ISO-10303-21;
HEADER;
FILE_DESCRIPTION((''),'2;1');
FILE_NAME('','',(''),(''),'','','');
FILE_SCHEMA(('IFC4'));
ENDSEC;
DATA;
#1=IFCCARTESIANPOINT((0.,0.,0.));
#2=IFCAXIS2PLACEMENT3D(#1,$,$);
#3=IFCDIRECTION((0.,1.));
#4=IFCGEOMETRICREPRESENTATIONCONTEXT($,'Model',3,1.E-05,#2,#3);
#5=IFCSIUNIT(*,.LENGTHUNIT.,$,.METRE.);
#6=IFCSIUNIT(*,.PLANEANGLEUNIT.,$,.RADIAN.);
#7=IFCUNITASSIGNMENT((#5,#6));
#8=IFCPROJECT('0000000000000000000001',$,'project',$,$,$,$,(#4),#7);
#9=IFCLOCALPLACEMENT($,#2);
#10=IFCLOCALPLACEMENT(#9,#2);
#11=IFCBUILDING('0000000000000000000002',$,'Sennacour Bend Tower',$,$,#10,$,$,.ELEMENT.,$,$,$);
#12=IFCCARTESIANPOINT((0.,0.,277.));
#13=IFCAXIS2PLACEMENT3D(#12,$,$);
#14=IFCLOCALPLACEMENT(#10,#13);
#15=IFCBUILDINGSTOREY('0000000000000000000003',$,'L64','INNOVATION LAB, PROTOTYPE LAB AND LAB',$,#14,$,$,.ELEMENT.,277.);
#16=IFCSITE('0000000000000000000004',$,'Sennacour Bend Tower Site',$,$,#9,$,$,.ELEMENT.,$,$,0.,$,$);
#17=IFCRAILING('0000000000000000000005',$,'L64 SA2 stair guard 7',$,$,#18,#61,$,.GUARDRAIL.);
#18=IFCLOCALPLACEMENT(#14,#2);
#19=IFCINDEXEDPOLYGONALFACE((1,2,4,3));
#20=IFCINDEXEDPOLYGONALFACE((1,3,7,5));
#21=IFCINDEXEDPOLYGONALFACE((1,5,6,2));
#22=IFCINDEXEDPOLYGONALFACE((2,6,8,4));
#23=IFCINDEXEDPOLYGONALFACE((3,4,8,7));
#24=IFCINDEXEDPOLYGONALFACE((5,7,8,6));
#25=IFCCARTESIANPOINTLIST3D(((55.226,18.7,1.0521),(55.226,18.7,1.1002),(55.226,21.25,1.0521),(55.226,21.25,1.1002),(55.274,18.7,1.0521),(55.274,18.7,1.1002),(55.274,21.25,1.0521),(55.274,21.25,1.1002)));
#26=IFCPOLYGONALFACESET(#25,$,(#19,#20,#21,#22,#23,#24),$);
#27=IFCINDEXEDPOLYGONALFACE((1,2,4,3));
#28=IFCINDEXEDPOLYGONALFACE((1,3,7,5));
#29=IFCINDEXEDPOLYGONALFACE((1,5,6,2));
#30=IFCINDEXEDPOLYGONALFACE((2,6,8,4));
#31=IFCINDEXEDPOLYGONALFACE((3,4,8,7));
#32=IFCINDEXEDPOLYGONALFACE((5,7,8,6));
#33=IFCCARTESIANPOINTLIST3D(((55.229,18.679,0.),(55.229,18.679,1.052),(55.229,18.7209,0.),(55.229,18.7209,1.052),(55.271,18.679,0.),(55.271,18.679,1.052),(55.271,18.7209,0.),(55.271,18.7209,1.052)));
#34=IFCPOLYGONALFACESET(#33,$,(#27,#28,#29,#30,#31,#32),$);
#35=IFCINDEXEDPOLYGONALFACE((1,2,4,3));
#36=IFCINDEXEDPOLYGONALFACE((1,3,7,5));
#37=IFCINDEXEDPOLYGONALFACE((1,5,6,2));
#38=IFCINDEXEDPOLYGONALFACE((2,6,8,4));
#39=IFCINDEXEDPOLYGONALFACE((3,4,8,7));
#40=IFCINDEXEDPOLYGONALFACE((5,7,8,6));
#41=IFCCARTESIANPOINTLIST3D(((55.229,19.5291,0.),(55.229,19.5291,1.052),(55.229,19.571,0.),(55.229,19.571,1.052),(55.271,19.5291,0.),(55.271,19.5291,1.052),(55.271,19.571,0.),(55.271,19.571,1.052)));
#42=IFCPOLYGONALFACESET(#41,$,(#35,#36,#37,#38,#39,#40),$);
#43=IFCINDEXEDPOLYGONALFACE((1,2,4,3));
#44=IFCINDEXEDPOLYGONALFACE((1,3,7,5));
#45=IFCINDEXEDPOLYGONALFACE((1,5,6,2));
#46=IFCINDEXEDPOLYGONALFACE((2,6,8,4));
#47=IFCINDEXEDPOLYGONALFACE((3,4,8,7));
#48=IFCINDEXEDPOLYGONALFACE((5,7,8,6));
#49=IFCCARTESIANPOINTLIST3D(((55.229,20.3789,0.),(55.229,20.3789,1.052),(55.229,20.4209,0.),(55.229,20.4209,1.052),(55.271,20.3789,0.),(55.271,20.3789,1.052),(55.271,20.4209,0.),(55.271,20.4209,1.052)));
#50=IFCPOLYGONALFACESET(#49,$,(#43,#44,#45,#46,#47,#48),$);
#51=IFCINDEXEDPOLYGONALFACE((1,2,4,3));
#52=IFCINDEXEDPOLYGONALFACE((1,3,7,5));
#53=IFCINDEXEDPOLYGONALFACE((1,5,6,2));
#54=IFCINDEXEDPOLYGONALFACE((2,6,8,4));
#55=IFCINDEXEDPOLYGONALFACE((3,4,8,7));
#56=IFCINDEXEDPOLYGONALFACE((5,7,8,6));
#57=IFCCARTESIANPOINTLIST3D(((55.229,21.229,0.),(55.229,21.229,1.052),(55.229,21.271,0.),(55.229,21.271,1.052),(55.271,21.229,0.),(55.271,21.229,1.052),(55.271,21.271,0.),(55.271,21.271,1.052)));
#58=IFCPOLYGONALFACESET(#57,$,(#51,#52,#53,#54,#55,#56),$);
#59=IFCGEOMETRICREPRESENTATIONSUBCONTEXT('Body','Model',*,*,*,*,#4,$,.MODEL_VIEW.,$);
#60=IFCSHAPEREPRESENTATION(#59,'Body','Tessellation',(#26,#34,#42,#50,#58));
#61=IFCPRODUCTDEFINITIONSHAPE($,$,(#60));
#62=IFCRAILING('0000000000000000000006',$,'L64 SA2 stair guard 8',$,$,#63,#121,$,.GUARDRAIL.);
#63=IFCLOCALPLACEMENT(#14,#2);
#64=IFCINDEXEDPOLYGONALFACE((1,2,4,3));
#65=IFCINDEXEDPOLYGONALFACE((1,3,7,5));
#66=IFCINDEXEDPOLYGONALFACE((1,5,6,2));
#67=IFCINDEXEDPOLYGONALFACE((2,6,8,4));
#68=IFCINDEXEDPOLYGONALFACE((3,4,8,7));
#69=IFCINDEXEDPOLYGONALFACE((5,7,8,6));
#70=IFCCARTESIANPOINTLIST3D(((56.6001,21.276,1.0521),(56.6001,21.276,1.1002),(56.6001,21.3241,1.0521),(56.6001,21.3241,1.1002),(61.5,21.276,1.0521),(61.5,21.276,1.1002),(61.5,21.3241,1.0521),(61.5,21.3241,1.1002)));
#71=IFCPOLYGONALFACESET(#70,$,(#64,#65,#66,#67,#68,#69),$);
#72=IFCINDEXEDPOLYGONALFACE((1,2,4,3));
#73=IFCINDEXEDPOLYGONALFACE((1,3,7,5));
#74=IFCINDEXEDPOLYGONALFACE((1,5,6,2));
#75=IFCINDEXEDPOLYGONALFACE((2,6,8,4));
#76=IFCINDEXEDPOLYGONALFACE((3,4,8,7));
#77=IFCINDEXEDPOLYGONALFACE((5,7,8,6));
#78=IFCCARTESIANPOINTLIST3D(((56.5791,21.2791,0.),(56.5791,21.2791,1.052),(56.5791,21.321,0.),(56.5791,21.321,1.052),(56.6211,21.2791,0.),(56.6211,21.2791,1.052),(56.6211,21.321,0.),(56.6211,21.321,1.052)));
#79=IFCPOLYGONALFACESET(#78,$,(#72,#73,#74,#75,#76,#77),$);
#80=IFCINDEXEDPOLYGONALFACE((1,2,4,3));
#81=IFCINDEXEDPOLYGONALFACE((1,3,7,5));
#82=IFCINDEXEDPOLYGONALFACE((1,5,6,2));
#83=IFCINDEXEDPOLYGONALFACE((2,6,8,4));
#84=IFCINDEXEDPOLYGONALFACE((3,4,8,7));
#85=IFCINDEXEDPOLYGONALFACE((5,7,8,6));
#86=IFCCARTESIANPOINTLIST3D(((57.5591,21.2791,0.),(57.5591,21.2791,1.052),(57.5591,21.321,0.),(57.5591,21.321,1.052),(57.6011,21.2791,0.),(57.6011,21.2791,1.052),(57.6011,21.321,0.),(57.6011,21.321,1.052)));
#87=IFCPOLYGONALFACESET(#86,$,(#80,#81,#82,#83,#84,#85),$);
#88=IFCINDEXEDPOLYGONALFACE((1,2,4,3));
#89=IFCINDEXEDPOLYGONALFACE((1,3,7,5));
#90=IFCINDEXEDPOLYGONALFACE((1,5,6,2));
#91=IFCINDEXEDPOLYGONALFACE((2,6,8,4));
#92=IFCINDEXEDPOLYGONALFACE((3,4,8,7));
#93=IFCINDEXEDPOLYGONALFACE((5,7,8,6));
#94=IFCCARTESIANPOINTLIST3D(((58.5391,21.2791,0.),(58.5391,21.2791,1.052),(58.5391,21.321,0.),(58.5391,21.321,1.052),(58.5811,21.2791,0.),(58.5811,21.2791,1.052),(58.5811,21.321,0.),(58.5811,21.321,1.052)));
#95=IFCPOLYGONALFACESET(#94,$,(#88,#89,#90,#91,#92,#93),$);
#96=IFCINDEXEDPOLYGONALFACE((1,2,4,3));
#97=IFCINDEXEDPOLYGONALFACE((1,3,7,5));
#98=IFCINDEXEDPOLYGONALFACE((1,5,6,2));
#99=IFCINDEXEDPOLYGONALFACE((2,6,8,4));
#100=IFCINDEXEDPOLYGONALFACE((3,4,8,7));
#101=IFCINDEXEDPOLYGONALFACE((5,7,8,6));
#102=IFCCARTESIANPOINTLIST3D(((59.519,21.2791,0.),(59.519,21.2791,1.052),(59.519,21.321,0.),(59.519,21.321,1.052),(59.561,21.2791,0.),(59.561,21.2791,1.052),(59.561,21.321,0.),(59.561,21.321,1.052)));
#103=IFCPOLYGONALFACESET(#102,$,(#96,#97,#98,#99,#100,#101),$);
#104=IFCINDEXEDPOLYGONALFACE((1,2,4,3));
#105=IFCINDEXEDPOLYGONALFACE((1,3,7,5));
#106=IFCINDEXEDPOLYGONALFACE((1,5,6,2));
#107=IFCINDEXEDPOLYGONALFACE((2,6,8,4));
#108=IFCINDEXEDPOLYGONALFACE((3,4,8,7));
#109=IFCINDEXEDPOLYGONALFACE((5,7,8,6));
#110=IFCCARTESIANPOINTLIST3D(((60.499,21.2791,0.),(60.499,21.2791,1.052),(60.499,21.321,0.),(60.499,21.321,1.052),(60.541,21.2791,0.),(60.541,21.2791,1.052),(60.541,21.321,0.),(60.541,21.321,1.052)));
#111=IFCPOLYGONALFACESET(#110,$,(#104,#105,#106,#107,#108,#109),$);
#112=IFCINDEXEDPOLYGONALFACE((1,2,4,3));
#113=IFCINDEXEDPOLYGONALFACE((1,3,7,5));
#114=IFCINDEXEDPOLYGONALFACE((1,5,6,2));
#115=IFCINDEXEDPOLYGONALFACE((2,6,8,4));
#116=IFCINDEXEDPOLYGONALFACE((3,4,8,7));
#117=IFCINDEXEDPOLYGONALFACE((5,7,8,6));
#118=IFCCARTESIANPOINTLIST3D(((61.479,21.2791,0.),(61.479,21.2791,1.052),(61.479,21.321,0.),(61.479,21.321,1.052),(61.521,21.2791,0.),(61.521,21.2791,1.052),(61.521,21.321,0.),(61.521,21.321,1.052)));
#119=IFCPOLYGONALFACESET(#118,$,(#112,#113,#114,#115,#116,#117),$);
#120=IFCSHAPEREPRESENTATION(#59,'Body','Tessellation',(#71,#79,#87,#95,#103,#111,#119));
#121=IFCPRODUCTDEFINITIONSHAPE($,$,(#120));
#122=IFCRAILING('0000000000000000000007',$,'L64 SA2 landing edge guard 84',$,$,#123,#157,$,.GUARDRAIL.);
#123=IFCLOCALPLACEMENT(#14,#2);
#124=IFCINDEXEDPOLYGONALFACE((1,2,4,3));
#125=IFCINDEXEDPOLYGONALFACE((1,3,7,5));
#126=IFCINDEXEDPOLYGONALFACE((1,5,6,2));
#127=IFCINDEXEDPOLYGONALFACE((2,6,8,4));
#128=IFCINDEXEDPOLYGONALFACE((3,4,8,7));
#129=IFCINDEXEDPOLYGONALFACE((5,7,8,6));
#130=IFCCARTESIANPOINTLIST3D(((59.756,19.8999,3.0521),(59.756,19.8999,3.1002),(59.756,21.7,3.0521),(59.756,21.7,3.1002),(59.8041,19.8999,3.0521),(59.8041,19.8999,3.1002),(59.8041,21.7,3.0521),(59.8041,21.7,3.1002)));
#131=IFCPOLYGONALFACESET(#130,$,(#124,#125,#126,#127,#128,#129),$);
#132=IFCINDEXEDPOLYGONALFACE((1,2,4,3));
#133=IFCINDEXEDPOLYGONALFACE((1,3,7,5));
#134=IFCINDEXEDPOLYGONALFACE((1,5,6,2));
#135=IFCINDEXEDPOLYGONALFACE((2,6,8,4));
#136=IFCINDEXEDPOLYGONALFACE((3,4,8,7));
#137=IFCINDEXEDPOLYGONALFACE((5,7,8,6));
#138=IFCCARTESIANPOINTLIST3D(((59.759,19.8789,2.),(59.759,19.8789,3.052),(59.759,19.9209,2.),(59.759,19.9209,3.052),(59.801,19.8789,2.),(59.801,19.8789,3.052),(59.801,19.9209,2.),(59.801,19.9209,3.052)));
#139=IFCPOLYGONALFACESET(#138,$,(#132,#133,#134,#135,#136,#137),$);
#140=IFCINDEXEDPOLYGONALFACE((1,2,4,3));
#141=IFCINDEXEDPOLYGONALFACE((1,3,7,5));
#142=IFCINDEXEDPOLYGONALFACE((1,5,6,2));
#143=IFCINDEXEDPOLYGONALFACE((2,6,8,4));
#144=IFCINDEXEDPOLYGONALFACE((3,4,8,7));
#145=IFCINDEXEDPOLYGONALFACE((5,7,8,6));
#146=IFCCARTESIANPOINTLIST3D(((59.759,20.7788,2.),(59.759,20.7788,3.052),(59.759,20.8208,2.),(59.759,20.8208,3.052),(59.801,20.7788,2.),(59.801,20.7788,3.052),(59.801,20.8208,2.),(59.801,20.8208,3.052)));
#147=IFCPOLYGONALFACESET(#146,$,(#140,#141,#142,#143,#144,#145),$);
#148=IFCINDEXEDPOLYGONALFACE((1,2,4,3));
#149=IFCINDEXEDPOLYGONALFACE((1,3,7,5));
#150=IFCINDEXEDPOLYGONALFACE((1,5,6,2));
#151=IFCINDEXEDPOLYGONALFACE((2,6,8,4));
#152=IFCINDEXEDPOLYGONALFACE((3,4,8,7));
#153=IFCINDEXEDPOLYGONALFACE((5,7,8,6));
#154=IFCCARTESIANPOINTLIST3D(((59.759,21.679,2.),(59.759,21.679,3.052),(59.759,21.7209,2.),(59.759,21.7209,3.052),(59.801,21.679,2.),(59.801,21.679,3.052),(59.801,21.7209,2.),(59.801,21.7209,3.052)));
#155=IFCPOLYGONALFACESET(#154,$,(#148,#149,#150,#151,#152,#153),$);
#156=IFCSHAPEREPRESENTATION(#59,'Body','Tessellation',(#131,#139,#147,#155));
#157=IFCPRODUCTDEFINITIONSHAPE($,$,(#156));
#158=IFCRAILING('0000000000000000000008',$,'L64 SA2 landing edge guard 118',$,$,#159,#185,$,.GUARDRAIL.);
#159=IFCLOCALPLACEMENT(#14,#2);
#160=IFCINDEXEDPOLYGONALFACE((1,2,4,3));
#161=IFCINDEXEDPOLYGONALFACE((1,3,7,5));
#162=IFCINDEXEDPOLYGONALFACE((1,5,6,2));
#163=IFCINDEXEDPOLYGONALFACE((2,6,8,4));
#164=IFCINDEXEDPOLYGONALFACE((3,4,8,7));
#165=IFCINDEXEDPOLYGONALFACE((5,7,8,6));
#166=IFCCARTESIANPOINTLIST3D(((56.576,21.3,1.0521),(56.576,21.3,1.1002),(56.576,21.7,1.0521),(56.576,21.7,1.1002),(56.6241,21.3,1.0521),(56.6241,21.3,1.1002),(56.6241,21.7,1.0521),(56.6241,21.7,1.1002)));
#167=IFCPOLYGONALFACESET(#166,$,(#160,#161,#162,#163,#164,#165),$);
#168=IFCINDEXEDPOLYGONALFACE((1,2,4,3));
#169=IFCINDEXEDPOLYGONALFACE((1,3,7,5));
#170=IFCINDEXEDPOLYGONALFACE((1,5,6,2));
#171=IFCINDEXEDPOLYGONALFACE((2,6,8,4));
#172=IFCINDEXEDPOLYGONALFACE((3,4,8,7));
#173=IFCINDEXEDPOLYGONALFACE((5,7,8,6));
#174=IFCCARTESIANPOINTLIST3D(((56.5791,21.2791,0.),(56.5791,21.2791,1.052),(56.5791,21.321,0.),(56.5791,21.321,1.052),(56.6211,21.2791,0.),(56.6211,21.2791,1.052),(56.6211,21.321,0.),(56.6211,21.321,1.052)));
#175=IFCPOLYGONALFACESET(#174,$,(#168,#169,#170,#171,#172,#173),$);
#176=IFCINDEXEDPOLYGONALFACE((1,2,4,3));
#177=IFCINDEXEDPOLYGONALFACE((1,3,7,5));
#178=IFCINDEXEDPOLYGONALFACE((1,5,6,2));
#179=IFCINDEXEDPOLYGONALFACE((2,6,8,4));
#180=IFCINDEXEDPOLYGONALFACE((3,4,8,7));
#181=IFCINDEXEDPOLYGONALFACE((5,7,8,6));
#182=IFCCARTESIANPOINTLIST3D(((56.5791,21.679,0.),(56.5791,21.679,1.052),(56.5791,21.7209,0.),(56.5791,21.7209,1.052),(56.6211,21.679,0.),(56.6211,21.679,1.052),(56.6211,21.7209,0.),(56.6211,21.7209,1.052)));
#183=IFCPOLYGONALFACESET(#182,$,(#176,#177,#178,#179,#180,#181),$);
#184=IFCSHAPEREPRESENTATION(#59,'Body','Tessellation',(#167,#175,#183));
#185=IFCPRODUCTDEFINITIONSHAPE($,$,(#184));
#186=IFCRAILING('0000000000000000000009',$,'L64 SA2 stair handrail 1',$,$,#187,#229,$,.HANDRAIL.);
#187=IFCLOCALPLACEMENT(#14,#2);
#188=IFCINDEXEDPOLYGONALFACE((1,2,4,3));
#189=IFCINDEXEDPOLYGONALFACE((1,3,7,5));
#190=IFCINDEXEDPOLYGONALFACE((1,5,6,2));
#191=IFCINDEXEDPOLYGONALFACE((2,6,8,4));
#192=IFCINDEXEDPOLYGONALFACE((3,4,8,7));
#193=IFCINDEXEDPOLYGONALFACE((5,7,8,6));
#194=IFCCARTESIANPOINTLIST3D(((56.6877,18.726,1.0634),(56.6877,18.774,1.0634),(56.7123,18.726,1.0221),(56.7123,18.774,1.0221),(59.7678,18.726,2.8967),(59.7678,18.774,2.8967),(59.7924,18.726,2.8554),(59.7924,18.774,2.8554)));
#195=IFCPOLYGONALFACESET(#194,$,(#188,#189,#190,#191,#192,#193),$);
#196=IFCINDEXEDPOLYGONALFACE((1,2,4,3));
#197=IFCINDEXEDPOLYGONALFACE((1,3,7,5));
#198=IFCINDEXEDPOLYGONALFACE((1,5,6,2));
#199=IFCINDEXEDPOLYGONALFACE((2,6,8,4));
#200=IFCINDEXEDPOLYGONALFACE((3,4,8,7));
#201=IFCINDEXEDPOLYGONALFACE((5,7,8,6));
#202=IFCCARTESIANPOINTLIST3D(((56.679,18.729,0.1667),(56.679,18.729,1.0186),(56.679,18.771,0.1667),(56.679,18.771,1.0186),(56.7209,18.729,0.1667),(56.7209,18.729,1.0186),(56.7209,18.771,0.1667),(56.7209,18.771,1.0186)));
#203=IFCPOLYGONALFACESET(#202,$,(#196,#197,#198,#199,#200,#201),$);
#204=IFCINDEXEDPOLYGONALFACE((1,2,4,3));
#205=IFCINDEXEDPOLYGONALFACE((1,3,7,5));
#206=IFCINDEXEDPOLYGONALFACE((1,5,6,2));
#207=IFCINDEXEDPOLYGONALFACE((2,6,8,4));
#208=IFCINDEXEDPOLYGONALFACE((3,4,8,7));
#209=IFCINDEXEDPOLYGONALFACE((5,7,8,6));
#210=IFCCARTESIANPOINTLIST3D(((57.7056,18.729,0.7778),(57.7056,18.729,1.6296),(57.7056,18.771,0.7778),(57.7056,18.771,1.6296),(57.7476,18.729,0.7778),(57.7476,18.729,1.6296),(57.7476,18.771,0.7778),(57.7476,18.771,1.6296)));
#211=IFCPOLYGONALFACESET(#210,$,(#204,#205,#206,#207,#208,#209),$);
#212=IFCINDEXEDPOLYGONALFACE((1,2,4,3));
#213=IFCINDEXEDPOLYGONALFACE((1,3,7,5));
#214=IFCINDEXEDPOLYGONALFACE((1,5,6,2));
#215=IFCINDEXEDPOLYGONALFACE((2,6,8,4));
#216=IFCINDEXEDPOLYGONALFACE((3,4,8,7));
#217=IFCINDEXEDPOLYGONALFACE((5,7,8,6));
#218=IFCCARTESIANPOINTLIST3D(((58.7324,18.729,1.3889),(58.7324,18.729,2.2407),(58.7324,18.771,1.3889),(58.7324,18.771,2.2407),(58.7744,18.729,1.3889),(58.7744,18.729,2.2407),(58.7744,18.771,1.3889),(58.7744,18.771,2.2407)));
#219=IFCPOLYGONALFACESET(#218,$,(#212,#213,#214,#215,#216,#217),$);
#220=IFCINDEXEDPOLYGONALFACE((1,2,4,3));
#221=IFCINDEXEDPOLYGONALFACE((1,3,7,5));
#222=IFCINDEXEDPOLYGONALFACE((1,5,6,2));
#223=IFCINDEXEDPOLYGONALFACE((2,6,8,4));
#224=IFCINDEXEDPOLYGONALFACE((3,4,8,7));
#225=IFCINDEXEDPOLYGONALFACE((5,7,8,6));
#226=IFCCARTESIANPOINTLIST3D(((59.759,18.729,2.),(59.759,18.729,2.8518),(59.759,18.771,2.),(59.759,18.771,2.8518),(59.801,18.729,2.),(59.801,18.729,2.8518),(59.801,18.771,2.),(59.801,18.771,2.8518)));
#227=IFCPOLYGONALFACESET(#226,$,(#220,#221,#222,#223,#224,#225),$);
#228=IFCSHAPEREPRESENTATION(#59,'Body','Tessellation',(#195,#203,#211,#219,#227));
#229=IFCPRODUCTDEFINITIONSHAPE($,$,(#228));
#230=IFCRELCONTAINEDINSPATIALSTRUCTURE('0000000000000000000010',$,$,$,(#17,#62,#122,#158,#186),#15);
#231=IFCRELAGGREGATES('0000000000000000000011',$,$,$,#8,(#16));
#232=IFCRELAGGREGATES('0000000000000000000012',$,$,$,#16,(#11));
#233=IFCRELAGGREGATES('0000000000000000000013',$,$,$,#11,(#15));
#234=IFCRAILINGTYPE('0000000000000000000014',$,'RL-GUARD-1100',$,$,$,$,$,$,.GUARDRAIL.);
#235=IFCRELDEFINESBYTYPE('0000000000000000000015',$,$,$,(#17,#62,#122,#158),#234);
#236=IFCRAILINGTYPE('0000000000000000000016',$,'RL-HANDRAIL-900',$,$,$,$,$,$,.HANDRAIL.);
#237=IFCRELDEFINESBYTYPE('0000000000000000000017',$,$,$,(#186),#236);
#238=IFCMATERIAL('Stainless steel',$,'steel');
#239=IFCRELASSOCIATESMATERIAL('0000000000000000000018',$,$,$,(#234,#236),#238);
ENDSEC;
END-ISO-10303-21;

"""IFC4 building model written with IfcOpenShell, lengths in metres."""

from ifc_helpers import new_model, si_unit, direction, frame, origin, origin_2d, place, context, subcontext, project, spatial, rectangle, extrude, material, type_object, element, save


model = new_model("IFC4")

# Units and contexts
model_context = context("Model", 3, precision=1e-05, world=origin(), true_north=direction((0.0, 1.0)))
body_context = subcontext(model_context, "Body", "Model", "MODEL_VIEW")
ifc_project = project(units=[si_unit("LENGTHUNIT", "METRE"), si_unit("PLANEANGLEUNIT", "RADIAN")], contexts=[model_context])

# Site, building, storey
site_placement = place(None, origin())
site = spatial("IfcSite", under=ifc_project, at=site_placement, Name="Sennacour Bend Tower Site", CompositionType="ELEMENT", RefElevation=0.0)
building_placement = place(site_placement, origin())
building = spatial("IfcBuilding", under=site, at=building_placement, Name="Sennacour Bend Tower", CompositionType="ELEMENT")
storey_placement = place(building_placement, frame((0.0, 0.0, 277.0)))
storey = spatial("IfcBuildingStorey", under=building, at=storey_placement, Name="L64", Description="INNOVATION LAB, PROTOTYPE LAB AND LAB", CompositionType="ELEMENT", Elevation=277.0)

# Railings
ifc_material_1 = material(Name="Stainless steel", Category="steel")
railing_type_1 = type_object("IfcRailingType", Name="RL-GUARD-1100", PredefinedType="GUARDRAIL", material=ifc_material_1)
railing_1_placement = place(storey_placement, frame((55.25, 18.7, 0.0)))
element("IfcRailing", 1, at=railing_1_placement, inside=storey, type_object=railing_type_1, Name="L64 SA2 stair guard 7", PredefinedType="GUARDRAIL", context=body_context, shape_type="SweptSolid", body=[
    extrude(rectangle(XDim=0.0481, YDim=0.0481, at=origin_2d()), frame((0.0, 0.0, 1.0762), z_axis=(0.0, 1.0, 0.0), x_axis=(-1.0, 0.0, 0.0)), (0.0, 0.0, 1.0), 2.55),
    extrude(rectangle(XDim=0.042, YDim=0.042, at=origin_2d()), origin(), (0.0, 0.0, 1.0), 1.052),
    extrude(rectangle(XDim=0.042, YDim=0.042, at=origin_2d()), frame((0.0, 0.8501, 0.0)), (0.0, 0.0, 1.0), 1.052),
    extrude(rectangle(XDim=0.042, YDim=0.042, at=origin_2d()), frame((0.0, 1.7, 0.0)), (0.0, 0.0, 1.0), 1.052),
    extrude(rectangle(XDim=0.042, YDim=0.042, at=origin_2d()), frame((0.0, 2.55, 0.0)), (0.0, 0.0, 1.0), 1.052),
])
railing_2_placement = place(storey_placement, frame((56.6001, 21.3, 0.0)))
element("IfcRailing", 2, at=railing_2_placement, inside=storey, type_object=railing_type_1, Name="L64 SA2 stair guard 8", PredefinedType="GUARDRAIL", context=body_context, shape_type="SweptSolid", body=[
    extrude(rectangle(XDim=0.0481, YDim=0.0481, at=origin_2d()), frame((0.0, 0.0, 1.0762), z_axis=(1.0, 0.0, 0.0), x_axis=(0.0, 1.0, 0.0)), (0.0, 0.0, 1.0), 4.8999),
    extrude(rectangle(XDim=0.042, YDim=0.042, at=origin_2d()), origin(), (0.0, 0.0, 1.0), 1.052),
    extrude(rectangle(XDim=0.042, YDim=0.042, at=origin_2d()), frame((0.98, 0.0, 0.0)), (0.0, 0.0, 1.0), 1.052),
    extrude(rectangle(XDim=0.042, YDim=0.042, at=origin_2d()), frame((1.96, 0.0, 0.0)), (0.0, 0.0, 1.0), 1.052),
    extrude(rectangle(XDim=0.042, YDim=0.042, at=origin_2d()), frame((2.9399, 0.0, 0.0)), (0.0, 0.0, 1.0), 1.052),
    extrude(rectangle(XDim=0.042, YDim=0.042, at=origin_2d()), frame((3.9199, 0.0, 0.0)), (0.0, 0.0, 1.0), 1.052),
    extrude(rectangle(XDim=0.042, YDim=0.042, at=origin_2d()), frame((4.8999, 0.0, 0.0)), (0.0, 0.0, 1.0), 1.052),
])
railing_3_placement = place(storey_placement, frame((59.78, 19.8999, 2.0)))
element("IfcRailing", 3, at=railing_3_placement, inside=storey, type_object=railing_type_1, Name="L64 SA2 landing edge guard 84", PredefinedType="GUARDRAIL", context=body_context, shape_type="SweptSolid", body=[
    extrude(rectangle(XDim=0.0481, YDim=0.0481, at=origin_2d()), frame((0.0, 0.0, 1.0762), z_axis=(0.0, 1.0, 0.0), x_axis=(-1.0, 0.0, 0.0)), (0.0, 0.0, 1.0), 1.8),
    extrude(rectangle(XDim=0.042, YDim=0.042, at=origin_2d()), origin(), (0.0, 0.0, 1.0), 1.052),
    extrude(rectangle(XDim=0.042, YDim=0.042, at=origin_2d()), frame((0.0, 0.8999, 0.0)), (0.0, 0.0, 1.0), 1.052),
    extrude(rectangle(XDim=0.042, YDim=0.042, at=origin_2d()), frame((0.0, 1.8, 0.0)), (0.0, 0.0, 1.0), 1.052),
])
railing_4_placement = place(storey_placement, frame((56.6001, 21.3, 0.0)))
element("IfcRailing", 4, at=railing_4_placement, inside=storey, type_object=railing_type_1, Name="L64 SA2 landing edge guard 118", PredefinedType="GUARDRAIL", context=body_context, shape_type="SweptSolid", body=[
    extrude(rectangle(XDim=0.0481, YDim=0.0481, at=origin_2d()), frame((0.0, 0.0, 1.0762), z_axis=(0.0, 1.0, 0.0), x_axis=(-1.0, 0.0, 0.0)), (0.0, 0.0, 1.0), 0.3999),
    extrude(rectangle(XDim=0.042, YDim=0.042, at=origin_2d()), origin(), (0.0, 0.0, 1.0), 1.052),
    extrude(rectangle(XDim=0.042, YDim=0.042, at=origin_2d()), frame((0.0, 0.3999, 0.0)), (0.0, 0.0, 1.0), 1.052),
])
railing_type_2 = type_object("IfcRailingType", Name="RL-HANDRAIL-900", PredefinedType="HANDRAIL", material=ifc_material_1)
railing_5_placement = place(storey_placement, frame((56.7, 18.75, 0.1667)))
element("IfcRailing", 5, at=railing_5_placement, inside=storey, type_object=railing_type_2, Name="L64 SA2 stair handrail 1", PredefinedType="HANDRAIL", context=body_context, shape_type="SweptSolid", body=[
    extrude(rectangle(XDim=0.0481, YDim=0.0481, at=origin_2d()), frame((0.0, 0.0, 0.876), z_axis=(0.859309, 0.0, 0.511458), x_axis=(0.0, 1.0, 0.0)), (0.0, 0.0, 1.0), 3.5845),
    extrude(rectangle(XDim=0.042, YDim=0.042, at=origin_2d()), origin(), (0.0, 0.0, 1.0), 0.8518),
    extrude(rectangle(XDim=0.042, YDim=0.042, at=origin_2d()), frame((1.0266, 0.0, 0.6111)), (0.0, 0.0, 1.0), 0.8518),
    extrude(rectangle(XDim=0.042, YDim=0.042, at=origin_2d()), frame((2.0535, 0.0, 1.2222)), (0.0, 0.0, 1.0), 0.8518),
    extrude(rectangle(XDim=0.042, YDim=0.042, at=origin_2d()), frame((3.0801, 0.0, 1.8333)), (0.0, 0.0, 1.0), 0.8518),
])

save(model, "model.ifc")
